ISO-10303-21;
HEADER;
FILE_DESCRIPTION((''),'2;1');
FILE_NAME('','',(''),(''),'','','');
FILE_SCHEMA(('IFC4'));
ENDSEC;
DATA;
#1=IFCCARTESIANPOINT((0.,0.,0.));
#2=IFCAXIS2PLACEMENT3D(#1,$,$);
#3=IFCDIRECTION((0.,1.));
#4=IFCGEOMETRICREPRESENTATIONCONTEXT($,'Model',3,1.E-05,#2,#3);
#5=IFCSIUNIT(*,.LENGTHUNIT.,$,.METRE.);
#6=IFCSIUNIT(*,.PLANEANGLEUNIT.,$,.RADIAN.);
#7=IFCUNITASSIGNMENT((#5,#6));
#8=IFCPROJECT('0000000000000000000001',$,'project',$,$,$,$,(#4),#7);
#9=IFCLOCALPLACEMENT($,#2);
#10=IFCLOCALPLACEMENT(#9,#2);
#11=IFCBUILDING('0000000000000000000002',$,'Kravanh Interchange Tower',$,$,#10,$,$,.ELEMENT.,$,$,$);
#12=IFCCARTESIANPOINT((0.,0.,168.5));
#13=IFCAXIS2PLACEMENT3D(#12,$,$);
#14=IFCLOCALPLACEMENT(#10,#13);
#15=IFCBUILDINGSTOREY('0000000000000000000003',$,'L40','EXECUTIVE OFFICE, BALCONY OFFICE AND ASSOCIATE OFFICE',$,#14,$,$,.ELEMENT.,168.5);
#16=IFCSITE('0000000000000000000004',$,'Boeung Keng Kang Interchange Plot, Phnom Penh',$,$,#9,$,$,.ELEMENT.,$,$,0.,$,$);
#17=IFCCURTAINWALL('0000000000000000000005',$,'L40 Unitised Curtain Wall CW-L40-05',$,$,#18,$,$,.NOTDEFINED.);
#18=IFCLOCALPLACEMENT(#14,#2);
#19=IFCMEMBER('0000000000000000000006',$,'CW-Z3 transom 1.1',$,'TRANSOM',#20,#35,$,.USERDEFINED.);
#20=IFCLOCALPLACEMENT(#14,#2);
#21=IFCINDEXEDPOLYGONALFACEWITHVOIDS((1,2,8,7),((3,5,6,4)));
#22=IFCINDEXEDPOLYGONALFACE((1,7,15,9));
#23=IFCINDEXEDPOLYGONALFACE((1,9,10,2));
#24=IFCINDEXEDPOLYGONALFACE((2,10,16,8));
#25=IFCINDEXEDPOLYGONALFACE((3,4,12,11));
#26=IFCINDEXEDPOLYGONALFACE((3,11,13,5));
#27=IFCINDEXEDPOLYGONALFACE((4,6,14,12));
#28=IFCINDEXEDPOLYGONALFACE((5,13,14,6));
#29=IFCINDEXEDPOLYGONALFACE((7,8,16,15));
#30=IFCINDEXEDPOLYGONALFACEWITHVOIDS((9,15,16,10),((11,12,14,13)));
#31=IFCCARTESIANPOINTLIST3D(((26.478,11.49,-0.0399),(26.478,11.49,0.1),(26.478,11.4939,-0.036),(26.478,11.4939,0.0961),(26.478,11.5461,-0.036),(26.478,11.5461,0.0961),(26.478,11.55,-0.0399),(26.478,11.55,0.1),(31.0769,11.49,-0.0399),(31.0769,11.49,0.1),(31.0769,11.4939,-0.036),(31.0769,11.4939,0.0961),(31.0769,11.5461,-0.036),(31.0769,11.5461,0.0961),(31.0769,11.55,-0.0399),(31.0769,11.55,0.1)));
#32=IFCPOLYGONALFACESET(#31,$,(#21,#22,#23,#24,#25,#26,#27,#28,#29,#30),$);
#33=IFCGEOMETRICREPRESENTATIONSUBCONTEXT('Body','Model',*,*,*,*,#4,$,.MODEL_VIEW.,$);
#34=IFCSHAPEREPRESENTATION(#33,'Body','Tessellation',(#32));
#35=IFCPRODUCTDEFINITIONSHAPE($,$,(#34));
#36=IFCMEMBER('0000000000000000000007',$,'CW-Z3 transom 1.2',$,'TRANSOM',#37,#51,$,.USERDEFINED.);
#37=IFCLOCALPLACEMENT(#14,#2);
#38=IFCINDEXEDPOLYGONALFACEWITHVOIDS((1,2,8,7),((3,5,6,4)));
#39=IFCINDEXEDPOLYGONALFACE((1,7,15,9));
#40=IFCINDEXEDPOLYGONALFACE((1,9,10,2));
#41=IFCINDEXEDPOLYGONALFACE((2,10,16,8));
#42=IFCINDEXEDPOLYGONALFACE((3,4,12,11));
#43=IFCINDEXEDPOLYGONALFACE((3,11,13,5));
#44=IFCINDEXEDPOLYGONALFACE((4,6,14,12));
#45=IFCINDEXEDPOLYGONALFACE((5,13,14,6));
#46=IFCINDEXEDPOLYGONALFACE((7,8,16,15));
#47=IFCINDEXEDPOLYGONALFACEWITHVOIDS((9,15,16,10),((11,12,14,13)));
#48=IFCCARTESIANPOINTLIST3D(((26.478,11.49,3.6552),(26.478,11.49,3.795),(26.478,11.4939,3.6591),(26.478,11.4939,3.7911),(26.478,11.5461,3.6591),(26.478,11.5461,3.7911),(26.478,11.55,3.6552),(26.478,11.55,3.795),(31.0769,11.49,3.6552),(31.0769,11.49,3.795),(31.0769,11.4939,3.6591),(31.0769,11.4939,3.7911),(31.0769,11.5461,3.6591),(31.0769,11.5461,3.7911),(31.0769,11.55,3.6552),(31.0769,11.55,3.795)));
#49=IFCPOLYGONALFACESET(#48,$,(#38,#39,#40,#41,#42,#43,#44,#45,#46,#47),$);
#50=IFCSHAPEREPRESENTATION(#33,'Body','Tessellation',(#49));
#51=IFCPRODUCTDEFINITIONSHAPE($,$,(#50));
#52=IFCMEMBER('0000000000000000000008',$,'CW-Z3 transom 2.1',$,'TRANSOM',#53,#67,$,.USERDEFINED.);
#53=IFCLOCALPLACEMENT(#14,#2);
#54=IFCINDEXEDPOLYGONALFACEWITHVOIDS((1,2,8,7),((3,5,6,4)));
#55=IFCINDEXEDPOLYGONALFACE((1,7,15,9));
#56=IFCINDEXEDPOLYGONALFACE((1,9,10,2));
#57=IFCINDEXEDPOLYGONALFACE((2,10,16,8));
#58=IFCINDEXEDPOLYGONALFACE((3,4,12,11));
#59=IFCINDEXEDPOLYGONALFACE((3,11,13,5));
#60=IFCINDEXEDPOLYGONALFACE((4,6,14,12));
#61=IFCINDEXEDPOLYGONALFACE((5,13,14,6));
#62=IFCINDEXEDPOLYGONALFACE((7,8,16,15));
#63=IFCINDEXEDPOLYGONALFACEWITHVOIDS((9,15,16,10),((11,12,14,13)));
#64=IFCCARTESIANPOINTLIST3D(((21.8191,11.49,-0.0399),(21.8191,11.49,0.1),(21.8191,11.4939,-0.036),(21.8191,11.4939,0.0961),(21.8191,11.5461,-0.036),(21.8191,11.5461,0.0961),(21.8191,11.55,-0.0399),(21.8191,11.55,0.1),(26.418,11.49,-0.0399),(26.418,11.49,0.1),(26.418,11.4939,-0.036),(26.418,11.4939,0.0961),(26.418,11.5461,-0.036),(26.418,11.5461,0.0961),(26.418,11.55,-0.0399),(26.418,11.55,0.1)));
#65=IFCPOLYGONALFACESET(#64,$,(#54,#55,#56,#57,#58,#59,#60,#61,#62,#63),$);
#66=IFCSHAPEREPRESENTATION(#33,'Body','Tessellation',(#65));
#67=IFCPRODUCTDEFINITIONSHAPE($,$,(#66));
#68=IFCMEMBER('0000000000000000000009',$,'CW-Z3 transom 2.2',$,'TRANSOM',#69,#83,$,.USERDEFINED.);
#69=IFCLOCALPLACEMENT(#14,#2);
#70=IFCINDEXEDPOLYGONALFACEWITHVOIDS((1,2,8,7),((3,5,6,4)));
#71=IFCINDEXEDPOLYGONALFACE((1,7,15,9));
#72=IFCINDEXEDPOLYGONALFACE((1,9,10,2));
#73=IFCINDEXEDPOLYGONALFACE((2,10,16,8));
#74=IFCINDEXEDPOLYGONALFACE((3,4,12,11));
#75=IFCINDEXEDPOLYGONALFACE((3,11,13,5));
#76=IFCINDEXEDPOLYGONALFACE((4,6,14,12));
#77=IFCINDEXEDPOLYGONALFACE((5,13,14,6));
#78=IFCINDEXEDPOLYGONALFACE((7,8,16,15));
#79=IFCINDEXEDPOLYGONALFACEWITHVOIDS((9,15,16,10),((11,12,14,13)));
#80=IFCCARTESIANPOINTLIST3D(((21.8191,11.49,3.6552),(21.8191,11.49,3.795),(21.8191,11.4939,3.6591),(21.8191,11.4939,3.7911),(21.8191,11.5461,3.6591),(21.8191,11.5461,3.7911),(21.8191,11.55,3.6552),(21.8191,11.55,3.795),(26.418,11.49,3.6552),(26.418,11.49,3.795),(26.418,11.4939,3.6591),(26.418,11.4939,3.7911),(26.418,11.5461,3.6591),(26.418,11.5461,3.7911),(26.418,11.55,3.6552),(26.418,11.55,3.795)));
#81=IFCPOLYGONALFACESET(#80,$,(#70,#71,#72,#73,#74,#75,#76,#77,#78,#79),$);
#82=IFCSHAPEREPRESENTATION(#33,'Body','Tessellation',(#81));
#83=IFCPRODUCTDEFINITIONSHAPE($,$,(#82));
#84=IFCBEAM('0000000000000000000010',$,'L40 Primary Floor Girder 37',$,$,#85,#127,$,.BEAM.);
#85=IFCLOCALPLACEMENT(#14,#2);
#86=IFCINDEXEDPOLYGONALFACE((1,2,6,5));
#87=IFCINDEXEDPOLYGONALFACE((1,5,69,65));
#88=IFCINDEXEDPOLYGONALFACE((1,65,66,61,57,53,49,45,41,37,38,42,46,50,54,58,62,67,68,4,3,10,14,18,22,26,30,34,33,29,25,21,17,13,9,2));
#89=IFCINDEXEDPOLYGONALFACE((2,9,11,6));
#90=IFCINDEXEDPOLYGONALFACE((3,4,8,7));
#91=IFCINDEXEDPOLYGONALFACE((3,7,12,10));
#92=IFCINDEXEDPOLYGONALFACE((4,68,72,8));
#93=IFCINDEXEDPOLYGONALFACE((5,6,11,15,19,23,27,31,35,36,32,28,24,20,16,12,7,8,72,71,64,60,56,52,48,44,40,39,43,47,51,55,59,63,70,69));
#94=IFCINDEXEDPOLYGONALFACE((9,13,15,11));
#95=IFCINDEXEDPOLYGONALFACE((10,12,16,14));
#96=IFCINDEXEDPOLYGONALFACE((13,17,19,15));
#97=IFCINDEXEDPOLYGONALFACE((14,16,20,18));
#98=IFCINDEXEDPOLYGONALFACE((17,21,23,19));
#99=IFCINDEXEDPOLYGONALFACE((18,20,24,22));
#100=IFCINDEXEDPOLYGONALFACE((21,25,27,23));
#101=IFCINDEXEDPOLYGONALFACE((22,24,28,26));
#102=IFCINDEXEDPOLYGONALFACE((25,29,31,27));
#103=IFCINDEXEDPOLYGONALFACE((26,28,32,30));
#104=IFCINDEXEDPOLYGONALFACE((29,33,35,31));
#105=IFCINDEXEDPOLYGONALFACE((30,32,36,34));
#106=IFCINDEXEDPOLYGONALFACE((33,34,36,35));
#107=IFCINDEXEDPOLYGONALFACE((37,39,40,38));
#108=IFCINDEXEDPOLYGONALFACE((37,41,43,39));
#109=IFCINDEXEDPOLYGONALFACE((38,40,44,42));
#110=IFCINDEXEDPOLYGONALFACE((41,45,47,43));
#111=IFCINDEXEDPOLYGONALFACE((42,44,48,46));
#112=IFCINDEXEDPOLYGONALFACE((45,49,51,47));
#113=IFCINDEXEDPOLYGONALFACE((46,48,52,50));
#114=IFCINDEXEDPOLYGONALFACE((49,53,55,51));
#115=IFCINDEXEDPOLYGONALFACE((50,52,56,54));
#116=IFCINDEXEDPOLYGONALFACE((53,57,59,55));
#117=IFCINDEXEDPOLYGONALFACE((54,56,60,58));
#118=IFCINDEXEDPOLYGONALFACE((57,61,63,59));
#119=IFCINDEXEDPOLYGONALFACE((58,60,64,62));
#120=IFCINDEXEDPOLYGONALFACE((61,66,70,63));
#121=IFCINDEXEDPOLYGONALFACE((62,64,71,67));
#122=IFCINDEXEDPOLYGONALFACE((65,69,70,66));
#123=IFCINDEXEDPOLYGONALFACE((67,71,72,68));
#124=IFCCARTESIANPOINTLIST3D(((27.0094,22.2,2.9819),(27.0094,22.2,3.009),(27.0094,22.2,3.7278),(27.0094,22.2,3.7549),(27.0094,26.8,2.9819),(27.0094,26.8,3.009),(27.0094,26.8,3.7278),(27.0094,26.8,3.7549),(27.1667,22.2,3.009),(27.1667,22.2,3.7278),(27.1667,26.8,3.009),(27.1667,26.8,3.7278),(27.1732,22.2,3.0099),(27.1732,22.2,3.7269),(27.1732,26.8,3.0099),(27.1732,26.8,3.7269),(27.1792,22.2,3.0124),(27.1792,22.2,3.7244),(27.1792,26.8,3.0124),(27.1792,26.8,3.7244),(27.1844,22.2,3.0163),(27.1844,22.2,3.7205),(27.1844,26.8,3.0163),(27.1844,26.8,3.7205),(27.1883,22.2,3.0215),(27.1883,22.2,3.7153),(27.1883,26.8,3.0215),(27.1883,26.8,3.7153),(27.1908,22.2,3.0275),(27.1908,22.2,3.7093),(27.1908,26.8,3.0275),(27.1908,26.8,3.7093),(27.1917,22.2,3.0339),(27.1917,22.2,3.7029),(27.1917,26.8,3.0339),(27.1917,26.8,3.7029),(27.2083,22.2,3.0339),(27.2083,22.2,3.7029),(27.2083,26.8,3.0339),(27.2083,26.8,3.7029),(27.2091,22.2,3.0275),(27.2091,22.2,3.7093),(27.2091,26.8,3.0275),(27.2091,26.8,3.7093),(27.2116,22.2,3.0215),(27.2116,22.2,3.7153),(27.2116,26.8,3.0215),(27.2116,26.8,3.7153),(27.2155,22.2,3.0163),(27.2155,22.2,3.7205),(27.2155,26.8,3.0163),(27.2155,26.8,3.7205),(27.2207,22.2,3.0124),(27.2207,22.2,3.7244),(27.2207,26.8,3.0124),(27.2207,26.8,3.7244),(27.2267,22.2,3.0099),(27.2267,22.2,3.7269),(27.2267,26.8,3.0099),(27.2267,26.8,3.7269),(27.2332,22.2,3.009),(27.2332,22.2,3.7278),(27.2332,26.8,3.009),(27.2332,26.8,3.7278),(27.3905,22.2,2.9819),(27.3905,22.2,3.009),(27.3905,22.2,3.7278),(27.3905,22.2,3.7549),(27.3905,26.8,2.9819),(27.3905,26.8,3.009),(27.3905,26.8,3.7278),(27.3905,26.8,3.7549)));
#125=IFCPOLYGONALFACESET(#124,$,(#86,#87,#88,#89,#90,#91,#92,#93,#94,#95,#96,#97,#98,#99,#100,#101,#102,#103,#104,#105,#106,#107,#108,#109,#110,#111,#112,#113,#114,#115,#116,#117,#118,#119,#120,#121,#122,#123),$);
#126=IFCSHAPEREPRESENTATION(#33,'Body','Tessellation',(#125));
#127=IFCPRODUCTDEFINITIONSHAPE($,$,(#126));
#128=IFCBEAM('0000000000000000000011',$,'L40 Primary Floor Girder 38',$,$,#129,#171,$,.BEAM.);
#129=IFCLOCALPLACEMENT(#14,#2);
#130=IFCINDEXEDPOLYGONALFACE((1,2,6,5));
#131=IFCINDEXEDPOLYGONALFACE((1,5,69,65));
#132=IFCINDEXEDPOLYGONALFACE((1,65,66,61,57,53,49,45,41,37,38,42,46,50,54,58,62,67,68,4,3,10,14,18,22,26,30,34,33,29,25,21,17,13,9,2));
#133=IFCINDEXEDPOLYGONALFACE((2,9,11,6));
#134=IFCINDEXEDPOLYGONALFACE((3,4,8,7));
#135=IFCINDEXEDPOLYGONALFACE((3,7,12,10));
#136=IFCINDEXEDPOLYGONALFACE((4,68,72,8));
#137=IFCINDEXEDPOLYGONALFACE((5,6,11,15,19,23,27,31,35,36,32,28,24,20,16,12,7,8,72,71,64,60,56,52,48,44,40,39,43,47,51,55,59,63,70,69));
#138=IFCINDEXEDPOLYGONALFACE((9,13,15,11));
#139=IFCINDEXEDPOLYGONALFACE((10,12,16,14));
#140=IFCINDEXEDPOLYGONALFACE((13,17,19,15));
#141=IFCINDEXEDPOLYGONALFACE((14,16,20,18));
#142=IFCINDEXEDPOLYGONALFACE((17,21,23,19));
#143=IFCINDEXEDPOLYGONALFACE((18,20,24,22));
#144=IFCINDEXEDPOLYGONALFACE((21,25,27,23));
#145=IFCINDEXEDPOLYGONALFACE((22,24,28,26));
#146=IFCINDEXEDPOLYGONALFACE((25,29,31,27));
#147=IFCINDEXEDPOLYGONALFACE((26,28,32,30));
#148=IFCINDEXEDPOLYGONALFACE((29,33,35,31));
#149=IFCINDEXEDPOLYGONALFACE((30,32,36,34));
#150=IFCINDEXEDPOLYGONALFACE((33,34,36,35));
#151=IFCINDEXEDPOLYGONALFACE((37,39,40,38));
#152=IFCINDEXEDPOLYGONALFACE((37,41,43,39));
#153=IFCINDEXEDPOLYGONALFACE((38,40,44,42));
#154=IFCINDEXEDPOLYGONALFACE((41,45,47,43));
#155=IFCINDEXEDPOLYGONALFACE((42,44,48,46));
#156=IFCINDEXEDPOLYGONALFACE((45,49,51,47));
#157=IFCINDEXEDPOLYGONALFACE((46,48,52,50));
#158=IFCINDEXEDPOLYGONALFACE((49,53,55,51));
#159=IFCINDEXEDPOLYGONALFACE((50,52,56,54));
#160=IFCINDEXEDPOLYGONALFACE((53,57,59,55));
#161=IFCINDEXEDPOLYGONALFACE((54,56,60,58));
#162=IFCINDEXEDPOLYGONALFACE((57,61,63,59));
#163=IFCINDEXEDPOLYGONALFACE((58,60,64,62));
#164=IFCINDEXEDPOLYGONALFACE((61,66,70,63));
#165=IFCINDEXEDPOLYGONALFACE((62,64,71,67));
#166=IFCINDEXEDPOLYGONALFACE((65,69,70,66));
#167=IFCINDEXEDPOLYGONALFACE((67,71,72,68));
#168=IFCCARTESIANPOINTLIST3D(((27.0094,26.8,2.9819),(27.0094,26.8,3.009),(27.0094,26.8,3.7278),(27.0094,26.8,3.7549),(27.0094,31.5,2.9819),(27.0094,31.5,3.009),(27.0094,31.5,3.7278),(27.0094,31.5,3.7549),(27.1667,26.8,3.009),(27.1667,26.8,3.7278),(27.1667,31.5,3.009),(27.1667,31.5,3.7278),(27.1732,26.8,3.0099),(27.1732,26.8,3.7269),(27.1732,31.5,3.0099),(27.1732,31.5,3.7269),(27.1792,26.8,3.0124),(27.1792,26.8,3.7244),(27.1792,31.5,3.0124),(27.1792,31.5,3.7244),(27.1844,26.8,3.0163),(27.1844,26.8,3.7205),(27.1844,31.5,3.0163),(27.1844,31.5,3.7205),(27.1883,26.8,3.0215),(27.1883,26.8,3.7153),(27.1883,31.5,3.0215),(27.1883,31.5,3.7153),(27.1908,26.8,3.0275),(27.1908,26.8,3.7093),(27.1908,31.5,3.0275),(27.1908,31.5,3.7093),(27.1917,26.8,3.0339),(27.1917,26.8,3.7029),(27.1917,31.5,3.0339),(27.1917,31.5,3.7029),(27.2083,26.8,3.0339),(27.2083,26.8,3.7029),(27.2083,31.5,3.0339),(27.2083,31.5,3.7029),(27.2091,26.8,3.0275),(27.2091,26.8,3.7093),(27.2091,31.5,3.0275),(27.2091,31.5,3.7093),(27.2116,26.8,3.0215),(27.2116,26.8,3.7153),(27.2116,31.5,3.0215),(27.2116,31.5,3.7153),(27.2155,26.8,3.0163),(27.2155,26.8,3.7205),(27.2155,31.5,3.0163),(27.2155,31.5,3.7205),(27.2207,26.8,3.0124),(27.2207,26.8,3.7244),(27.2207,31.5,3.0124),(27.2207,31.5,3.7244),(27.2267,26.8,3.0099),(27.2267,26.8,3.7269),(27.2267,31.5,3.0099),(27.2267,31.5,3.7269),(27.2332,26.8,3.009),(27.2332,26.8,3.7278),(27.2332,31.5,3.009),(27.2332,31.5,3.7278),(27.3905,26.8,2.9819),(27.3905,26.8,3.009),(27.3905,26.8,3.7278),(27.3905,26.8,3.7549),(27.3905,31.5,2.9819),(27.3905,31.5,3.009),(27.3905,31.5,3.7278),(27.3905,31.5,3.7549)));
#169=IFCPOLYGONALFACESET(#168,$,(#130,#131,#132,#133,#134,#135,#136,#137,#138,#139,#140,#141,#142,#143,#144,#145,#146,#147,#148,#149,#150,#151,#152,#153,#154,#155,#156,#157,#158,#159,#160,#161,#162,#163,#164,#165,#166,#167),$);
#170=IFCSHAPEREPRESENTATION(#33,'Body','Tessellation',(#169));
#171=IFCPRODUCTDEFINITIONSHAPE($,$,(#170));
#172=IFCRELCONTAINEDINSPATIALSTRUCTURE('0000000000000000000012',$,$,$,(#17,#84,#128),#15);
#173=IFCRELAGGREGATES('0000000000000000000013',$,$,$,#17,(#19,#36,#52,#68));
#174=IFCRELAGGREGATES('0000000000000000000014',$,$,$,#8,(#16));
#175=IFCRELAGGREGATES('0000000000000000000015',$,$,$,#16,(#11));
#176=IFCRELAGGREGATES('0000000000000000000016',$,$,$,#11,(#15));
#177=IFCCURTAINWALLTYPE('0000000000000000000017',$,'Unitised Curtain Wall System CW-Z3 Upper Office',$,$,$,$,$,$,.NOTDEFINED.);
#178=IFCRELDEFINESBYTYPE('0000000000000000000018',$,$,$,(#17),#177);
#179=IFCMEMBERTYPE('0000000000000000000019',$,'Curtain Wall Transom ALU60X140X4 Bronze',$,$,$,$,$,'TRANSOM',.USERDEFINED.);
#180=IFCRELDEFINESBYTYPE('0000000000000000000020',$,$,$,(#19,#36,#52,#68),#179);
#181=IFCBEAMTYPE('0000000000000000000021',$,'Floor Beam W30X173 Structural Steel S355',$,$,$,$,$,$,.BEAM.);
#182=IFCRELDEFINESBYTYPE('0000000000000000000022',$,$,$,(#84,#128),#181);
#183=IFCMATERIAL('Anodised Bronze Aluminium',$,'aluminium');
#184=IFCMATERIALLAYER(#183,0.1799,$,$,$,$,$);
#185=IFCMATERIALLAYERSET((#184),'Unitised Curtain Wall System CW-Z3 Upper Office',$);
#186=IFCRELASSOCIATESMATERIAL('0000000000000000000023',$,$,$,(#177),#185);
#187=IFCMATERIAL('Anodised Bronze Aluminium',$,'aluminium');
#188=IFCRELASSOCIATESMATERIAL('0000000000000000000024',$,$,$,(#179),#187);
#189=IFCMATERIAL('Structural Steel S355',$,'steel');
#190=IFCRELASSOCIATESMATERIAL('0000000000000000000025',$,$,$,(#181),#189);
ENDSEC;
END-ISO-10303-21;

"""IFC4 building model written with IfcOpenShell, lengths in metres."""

from ifc_helpers import new_model, si_unit, direction, frame, origin, origin_2d, place, context, subcontext, project, spatial, hollow_rectangle, i_section, extrude, material, layer, layer_set, material_profile, profile_set, type_object, element, aggregate, save


model = new_model("IFC4")

# Units and contexts
model_context = context("Model", 3, precision=1e-05, world=origin(), true_north=direction((0.0, 1.0)))
body_context = subcontext(model_context, "Body", "Model", "MODEL_VIEW")
ifc_project = project(units=[si_unit("LENGTHUNIT", "METRE"), si_unit("PLANEANGLEUNIT", "RADIAN")], contexts=[model_context])

# Site, building, storey
site_placement = place(None, origin())
site = spatial("IfcSite", under=ifc_project, at=site_placement, Name="Boeung Keng Kang Interchange Plot, Phnom Penh", CompositionType="ELEMENT", RefElevation=0.0)
building_placement = place(site_placement, origin())
building = spatial("IfcBuilding", under=site, at=building_placement, Name="Kravanh Interchange Tower", CompositionType="ELEMENT")
storey_placement = place(building_placement, frame((0.0, 0.0, 168.5)))
storey = spatial("IfcBuildingStorey", under=building, at=storey_placement, Name="L40", Description="EXECUTIVE OFFICE, BALCONY OFFICE AND ASSOCIATE OFFICE", CompositionType="ELEMENT", Elevation=168.5)

# Curtain wall
ifc_material_1 = material(Name="Anodised Bronze Aluminium", Category="aluminium")
ifc_layer_1 = layer(ifc_material_1, 0.1799)
ifc_layer_set_1 = layer_set([ifc_layer_1], Name="Unitised Curtain Wall System CW-Z3 Upper Office")
curtain_wall_type = type_object("IfcCurtainWallType", Name="Unitised Curtain Wall System CW-Z3 Upper Office", PredefinedType="NOTDEFINED", material=ifc_layer_set_1)
curtain_wall_1_placement = place(storey_placement, origin())
curtain_wall_1 = element("IfcCurtainWall", 1, at=curtain_wall_1_placement, inside=storey, type_object=curtain_wall_type, Name="L40 Unitised Curtain Wall CW-L40-05", PredefinedType="NOTDEFINED")

# Members
ifc_material_2 = material(Name="Anodised Bronze Aluminium", Category="aluminium")
ifc_material_profile_1 = material_profile(ifc_material_2, hollow_rectangle(XDim=0.0601, YDim=0.1399, WallThickness=0.0039, at=origin_2d()), Name="ALU60X140X4")
ifc_profile_set_1 = profile_set([ifc_material_profile_1], Name="Anodised Bronze Aluminium")
member_type_1 = type_object("IfcMemberType", Name="Curtain Wall Transom ALU60X140X4 Bronze", ElementType="TRANSOM", PredefinedType="USERDEFINED", material=ifc_profile_set_1)
member_1_placement = place(storey_placement, frame((31.0769, 11.52, 0.03), z_axis=(-1.0, 0.0, 0.0), x_axis=(0.0, -1.0, 0.0)))
member_1 = element("IfcMember", 2, at=member_1_placement, type_object=member_type_1, Name="CW-Z3 transom 1.1", ObjectType="TRANSOM", PredefinedType="USERDEFINED", context=body_context, shape_type="SweptSolid", body=[
    extrude(hollow_rectangle(XDim=0.0601, YDim=0.1399, WallThickness=0.0039, at=origin_2d()), origin(), (0.0, 0.0, 1.0), 4.5989),
])
member_2_placement = place(storey_placement, frame((31.0769, 11.52, 3.7251), z_axis=(-1.0, 0.0, 0.0), x_axis=(0.0, -1.0, 0.0)))
member_2 = element("IfcMember", 3, at=member_2_placement, type_object=member_type_1, Name="CW-Z3 transom 1.2", ObjectType="TRANSOM", PredefinedType="USERDEFINED", context=body_context, shape_type="SweptSolid", body=[
    extrude(hollow_rectangle(XDim=0.0601, YDim=0.1399, WallThickness=0.0039, at=origin_2d()), origin(), (0.0, 0.0, 1.0), 4.5989),
])
member_3_placement = place(storey_placement, frame((26.418, 11.52, 0.03), z_axis=(-1.0, 0.0, 0.0), x_axis=(0.0, -1.0, 0.0)))
member_3 = element("IfcMember", 4, at=member_3_placement, type_object=member_type_1, Name="CW-Z3 transom 2.1", ObjectType="TRANSOM", PredefinedType="USERDEFINED", context=body_context, shape_type="SweptSolid", body=[
    extrude(hollow_rectangle(XDim=0.0601, YDim=0.1399, WallThickness=0.0039, at=origin_2d()), origin(), (0.0, 0.0, 1.0), 4.5989),
])
member_4_placement = place(storey_placement, frame((26.418, 11.52, 3.7251), z_axis=(-1.0, 0.0, 0.0), x_axis=(0.0, -1.0, 0.0)))
member_4 = element("IfcMember", 5, at=member_4_placement, type_object=member_type_1, Name="CW-Z3 transom 2.2", ObjectType="TRANSOM", PredefinedType="USERDEFINED", context=body_context, shape_type="SweptSolid", body=[
    extrude(hollow_rectangle(XDim=0.0601, YDim=0.1399, WallThickness=0.0039, at=origin_2d()), origin(), (0.0, 0.0, 1.0), 4.5989),
])

# Beams
ifc_material_3 = material(Name="Structural Steel S355", Category="steel")
ifc_material_profile_2 = material_profile(ifc_material_3, i_section(OverallWidth=0.3811, OverallDepth=0.7729, WebThickness=0.0166, FlangeThickness=0.0271, FilletRadius=0.0249, at=origin_2d()), Name="W30X173")
ifc_profile_set_2 = profile_set([ifc_material_profile_2], Name="Structural Steel S355")
beam_type_1 = type_object("IfcBeamType", Name="Floor Beam W30X173 Structural Steel S355", PredefinedType="BEAM", material=ifc_profile_set_2)
beam_1_placement = place(storey_placement, frame((27.2, 26.8, 3.3684), z_axis=(0.0, -1.0, 0.0), x_axis=(1.0, 0.0, 0.0)))
element("IfcBeam", 6, at=beam_1_placement, inside=storey, type_object=beam_type_1, Name="L40 Primary Floor Girder 37", PredefinedType="BEAM", context=body_context, shape_type="SweptSolid", body=[
    extrude(i_section(OverallWidth=0.3811, OverallDepth=0.7729, WebThickness=0.0166, FlangeThickness=0.0271, FilletRadius=0.0249, at=origin_2d()), origin(), (0.0, 0.0, 1.0), 4.6001),
])
beam_2_placement = place(storey_placement, frame((27.2, 26.8, 3.3684), z_axis=(0.0, 1.0, 0.0), x_axis=(-1.0, 0.0, 0.0)))
element("IfcBeam", 7, at=beam_2_placement, inside=storey, type_object=beam_type_1, Name="L40 Primary Floor Girder 38", PredefinedType="BEAM", context=body_context, shape_type="SweptSolid", body=[
    extrude(i_section(OverallWidth=0.3811, OverallDepth=0.7729, WebThickness=0.0166, FlangeThickness=0.0271, FilletRadius=0.0249, at=origin_2d()), origin(), (0.0, 0.0, 1.0), 4.7),
])

aggregate(curtain_wall_1, [member_1, member_2, member_3, member_4])

save(model, "model.ifc")
